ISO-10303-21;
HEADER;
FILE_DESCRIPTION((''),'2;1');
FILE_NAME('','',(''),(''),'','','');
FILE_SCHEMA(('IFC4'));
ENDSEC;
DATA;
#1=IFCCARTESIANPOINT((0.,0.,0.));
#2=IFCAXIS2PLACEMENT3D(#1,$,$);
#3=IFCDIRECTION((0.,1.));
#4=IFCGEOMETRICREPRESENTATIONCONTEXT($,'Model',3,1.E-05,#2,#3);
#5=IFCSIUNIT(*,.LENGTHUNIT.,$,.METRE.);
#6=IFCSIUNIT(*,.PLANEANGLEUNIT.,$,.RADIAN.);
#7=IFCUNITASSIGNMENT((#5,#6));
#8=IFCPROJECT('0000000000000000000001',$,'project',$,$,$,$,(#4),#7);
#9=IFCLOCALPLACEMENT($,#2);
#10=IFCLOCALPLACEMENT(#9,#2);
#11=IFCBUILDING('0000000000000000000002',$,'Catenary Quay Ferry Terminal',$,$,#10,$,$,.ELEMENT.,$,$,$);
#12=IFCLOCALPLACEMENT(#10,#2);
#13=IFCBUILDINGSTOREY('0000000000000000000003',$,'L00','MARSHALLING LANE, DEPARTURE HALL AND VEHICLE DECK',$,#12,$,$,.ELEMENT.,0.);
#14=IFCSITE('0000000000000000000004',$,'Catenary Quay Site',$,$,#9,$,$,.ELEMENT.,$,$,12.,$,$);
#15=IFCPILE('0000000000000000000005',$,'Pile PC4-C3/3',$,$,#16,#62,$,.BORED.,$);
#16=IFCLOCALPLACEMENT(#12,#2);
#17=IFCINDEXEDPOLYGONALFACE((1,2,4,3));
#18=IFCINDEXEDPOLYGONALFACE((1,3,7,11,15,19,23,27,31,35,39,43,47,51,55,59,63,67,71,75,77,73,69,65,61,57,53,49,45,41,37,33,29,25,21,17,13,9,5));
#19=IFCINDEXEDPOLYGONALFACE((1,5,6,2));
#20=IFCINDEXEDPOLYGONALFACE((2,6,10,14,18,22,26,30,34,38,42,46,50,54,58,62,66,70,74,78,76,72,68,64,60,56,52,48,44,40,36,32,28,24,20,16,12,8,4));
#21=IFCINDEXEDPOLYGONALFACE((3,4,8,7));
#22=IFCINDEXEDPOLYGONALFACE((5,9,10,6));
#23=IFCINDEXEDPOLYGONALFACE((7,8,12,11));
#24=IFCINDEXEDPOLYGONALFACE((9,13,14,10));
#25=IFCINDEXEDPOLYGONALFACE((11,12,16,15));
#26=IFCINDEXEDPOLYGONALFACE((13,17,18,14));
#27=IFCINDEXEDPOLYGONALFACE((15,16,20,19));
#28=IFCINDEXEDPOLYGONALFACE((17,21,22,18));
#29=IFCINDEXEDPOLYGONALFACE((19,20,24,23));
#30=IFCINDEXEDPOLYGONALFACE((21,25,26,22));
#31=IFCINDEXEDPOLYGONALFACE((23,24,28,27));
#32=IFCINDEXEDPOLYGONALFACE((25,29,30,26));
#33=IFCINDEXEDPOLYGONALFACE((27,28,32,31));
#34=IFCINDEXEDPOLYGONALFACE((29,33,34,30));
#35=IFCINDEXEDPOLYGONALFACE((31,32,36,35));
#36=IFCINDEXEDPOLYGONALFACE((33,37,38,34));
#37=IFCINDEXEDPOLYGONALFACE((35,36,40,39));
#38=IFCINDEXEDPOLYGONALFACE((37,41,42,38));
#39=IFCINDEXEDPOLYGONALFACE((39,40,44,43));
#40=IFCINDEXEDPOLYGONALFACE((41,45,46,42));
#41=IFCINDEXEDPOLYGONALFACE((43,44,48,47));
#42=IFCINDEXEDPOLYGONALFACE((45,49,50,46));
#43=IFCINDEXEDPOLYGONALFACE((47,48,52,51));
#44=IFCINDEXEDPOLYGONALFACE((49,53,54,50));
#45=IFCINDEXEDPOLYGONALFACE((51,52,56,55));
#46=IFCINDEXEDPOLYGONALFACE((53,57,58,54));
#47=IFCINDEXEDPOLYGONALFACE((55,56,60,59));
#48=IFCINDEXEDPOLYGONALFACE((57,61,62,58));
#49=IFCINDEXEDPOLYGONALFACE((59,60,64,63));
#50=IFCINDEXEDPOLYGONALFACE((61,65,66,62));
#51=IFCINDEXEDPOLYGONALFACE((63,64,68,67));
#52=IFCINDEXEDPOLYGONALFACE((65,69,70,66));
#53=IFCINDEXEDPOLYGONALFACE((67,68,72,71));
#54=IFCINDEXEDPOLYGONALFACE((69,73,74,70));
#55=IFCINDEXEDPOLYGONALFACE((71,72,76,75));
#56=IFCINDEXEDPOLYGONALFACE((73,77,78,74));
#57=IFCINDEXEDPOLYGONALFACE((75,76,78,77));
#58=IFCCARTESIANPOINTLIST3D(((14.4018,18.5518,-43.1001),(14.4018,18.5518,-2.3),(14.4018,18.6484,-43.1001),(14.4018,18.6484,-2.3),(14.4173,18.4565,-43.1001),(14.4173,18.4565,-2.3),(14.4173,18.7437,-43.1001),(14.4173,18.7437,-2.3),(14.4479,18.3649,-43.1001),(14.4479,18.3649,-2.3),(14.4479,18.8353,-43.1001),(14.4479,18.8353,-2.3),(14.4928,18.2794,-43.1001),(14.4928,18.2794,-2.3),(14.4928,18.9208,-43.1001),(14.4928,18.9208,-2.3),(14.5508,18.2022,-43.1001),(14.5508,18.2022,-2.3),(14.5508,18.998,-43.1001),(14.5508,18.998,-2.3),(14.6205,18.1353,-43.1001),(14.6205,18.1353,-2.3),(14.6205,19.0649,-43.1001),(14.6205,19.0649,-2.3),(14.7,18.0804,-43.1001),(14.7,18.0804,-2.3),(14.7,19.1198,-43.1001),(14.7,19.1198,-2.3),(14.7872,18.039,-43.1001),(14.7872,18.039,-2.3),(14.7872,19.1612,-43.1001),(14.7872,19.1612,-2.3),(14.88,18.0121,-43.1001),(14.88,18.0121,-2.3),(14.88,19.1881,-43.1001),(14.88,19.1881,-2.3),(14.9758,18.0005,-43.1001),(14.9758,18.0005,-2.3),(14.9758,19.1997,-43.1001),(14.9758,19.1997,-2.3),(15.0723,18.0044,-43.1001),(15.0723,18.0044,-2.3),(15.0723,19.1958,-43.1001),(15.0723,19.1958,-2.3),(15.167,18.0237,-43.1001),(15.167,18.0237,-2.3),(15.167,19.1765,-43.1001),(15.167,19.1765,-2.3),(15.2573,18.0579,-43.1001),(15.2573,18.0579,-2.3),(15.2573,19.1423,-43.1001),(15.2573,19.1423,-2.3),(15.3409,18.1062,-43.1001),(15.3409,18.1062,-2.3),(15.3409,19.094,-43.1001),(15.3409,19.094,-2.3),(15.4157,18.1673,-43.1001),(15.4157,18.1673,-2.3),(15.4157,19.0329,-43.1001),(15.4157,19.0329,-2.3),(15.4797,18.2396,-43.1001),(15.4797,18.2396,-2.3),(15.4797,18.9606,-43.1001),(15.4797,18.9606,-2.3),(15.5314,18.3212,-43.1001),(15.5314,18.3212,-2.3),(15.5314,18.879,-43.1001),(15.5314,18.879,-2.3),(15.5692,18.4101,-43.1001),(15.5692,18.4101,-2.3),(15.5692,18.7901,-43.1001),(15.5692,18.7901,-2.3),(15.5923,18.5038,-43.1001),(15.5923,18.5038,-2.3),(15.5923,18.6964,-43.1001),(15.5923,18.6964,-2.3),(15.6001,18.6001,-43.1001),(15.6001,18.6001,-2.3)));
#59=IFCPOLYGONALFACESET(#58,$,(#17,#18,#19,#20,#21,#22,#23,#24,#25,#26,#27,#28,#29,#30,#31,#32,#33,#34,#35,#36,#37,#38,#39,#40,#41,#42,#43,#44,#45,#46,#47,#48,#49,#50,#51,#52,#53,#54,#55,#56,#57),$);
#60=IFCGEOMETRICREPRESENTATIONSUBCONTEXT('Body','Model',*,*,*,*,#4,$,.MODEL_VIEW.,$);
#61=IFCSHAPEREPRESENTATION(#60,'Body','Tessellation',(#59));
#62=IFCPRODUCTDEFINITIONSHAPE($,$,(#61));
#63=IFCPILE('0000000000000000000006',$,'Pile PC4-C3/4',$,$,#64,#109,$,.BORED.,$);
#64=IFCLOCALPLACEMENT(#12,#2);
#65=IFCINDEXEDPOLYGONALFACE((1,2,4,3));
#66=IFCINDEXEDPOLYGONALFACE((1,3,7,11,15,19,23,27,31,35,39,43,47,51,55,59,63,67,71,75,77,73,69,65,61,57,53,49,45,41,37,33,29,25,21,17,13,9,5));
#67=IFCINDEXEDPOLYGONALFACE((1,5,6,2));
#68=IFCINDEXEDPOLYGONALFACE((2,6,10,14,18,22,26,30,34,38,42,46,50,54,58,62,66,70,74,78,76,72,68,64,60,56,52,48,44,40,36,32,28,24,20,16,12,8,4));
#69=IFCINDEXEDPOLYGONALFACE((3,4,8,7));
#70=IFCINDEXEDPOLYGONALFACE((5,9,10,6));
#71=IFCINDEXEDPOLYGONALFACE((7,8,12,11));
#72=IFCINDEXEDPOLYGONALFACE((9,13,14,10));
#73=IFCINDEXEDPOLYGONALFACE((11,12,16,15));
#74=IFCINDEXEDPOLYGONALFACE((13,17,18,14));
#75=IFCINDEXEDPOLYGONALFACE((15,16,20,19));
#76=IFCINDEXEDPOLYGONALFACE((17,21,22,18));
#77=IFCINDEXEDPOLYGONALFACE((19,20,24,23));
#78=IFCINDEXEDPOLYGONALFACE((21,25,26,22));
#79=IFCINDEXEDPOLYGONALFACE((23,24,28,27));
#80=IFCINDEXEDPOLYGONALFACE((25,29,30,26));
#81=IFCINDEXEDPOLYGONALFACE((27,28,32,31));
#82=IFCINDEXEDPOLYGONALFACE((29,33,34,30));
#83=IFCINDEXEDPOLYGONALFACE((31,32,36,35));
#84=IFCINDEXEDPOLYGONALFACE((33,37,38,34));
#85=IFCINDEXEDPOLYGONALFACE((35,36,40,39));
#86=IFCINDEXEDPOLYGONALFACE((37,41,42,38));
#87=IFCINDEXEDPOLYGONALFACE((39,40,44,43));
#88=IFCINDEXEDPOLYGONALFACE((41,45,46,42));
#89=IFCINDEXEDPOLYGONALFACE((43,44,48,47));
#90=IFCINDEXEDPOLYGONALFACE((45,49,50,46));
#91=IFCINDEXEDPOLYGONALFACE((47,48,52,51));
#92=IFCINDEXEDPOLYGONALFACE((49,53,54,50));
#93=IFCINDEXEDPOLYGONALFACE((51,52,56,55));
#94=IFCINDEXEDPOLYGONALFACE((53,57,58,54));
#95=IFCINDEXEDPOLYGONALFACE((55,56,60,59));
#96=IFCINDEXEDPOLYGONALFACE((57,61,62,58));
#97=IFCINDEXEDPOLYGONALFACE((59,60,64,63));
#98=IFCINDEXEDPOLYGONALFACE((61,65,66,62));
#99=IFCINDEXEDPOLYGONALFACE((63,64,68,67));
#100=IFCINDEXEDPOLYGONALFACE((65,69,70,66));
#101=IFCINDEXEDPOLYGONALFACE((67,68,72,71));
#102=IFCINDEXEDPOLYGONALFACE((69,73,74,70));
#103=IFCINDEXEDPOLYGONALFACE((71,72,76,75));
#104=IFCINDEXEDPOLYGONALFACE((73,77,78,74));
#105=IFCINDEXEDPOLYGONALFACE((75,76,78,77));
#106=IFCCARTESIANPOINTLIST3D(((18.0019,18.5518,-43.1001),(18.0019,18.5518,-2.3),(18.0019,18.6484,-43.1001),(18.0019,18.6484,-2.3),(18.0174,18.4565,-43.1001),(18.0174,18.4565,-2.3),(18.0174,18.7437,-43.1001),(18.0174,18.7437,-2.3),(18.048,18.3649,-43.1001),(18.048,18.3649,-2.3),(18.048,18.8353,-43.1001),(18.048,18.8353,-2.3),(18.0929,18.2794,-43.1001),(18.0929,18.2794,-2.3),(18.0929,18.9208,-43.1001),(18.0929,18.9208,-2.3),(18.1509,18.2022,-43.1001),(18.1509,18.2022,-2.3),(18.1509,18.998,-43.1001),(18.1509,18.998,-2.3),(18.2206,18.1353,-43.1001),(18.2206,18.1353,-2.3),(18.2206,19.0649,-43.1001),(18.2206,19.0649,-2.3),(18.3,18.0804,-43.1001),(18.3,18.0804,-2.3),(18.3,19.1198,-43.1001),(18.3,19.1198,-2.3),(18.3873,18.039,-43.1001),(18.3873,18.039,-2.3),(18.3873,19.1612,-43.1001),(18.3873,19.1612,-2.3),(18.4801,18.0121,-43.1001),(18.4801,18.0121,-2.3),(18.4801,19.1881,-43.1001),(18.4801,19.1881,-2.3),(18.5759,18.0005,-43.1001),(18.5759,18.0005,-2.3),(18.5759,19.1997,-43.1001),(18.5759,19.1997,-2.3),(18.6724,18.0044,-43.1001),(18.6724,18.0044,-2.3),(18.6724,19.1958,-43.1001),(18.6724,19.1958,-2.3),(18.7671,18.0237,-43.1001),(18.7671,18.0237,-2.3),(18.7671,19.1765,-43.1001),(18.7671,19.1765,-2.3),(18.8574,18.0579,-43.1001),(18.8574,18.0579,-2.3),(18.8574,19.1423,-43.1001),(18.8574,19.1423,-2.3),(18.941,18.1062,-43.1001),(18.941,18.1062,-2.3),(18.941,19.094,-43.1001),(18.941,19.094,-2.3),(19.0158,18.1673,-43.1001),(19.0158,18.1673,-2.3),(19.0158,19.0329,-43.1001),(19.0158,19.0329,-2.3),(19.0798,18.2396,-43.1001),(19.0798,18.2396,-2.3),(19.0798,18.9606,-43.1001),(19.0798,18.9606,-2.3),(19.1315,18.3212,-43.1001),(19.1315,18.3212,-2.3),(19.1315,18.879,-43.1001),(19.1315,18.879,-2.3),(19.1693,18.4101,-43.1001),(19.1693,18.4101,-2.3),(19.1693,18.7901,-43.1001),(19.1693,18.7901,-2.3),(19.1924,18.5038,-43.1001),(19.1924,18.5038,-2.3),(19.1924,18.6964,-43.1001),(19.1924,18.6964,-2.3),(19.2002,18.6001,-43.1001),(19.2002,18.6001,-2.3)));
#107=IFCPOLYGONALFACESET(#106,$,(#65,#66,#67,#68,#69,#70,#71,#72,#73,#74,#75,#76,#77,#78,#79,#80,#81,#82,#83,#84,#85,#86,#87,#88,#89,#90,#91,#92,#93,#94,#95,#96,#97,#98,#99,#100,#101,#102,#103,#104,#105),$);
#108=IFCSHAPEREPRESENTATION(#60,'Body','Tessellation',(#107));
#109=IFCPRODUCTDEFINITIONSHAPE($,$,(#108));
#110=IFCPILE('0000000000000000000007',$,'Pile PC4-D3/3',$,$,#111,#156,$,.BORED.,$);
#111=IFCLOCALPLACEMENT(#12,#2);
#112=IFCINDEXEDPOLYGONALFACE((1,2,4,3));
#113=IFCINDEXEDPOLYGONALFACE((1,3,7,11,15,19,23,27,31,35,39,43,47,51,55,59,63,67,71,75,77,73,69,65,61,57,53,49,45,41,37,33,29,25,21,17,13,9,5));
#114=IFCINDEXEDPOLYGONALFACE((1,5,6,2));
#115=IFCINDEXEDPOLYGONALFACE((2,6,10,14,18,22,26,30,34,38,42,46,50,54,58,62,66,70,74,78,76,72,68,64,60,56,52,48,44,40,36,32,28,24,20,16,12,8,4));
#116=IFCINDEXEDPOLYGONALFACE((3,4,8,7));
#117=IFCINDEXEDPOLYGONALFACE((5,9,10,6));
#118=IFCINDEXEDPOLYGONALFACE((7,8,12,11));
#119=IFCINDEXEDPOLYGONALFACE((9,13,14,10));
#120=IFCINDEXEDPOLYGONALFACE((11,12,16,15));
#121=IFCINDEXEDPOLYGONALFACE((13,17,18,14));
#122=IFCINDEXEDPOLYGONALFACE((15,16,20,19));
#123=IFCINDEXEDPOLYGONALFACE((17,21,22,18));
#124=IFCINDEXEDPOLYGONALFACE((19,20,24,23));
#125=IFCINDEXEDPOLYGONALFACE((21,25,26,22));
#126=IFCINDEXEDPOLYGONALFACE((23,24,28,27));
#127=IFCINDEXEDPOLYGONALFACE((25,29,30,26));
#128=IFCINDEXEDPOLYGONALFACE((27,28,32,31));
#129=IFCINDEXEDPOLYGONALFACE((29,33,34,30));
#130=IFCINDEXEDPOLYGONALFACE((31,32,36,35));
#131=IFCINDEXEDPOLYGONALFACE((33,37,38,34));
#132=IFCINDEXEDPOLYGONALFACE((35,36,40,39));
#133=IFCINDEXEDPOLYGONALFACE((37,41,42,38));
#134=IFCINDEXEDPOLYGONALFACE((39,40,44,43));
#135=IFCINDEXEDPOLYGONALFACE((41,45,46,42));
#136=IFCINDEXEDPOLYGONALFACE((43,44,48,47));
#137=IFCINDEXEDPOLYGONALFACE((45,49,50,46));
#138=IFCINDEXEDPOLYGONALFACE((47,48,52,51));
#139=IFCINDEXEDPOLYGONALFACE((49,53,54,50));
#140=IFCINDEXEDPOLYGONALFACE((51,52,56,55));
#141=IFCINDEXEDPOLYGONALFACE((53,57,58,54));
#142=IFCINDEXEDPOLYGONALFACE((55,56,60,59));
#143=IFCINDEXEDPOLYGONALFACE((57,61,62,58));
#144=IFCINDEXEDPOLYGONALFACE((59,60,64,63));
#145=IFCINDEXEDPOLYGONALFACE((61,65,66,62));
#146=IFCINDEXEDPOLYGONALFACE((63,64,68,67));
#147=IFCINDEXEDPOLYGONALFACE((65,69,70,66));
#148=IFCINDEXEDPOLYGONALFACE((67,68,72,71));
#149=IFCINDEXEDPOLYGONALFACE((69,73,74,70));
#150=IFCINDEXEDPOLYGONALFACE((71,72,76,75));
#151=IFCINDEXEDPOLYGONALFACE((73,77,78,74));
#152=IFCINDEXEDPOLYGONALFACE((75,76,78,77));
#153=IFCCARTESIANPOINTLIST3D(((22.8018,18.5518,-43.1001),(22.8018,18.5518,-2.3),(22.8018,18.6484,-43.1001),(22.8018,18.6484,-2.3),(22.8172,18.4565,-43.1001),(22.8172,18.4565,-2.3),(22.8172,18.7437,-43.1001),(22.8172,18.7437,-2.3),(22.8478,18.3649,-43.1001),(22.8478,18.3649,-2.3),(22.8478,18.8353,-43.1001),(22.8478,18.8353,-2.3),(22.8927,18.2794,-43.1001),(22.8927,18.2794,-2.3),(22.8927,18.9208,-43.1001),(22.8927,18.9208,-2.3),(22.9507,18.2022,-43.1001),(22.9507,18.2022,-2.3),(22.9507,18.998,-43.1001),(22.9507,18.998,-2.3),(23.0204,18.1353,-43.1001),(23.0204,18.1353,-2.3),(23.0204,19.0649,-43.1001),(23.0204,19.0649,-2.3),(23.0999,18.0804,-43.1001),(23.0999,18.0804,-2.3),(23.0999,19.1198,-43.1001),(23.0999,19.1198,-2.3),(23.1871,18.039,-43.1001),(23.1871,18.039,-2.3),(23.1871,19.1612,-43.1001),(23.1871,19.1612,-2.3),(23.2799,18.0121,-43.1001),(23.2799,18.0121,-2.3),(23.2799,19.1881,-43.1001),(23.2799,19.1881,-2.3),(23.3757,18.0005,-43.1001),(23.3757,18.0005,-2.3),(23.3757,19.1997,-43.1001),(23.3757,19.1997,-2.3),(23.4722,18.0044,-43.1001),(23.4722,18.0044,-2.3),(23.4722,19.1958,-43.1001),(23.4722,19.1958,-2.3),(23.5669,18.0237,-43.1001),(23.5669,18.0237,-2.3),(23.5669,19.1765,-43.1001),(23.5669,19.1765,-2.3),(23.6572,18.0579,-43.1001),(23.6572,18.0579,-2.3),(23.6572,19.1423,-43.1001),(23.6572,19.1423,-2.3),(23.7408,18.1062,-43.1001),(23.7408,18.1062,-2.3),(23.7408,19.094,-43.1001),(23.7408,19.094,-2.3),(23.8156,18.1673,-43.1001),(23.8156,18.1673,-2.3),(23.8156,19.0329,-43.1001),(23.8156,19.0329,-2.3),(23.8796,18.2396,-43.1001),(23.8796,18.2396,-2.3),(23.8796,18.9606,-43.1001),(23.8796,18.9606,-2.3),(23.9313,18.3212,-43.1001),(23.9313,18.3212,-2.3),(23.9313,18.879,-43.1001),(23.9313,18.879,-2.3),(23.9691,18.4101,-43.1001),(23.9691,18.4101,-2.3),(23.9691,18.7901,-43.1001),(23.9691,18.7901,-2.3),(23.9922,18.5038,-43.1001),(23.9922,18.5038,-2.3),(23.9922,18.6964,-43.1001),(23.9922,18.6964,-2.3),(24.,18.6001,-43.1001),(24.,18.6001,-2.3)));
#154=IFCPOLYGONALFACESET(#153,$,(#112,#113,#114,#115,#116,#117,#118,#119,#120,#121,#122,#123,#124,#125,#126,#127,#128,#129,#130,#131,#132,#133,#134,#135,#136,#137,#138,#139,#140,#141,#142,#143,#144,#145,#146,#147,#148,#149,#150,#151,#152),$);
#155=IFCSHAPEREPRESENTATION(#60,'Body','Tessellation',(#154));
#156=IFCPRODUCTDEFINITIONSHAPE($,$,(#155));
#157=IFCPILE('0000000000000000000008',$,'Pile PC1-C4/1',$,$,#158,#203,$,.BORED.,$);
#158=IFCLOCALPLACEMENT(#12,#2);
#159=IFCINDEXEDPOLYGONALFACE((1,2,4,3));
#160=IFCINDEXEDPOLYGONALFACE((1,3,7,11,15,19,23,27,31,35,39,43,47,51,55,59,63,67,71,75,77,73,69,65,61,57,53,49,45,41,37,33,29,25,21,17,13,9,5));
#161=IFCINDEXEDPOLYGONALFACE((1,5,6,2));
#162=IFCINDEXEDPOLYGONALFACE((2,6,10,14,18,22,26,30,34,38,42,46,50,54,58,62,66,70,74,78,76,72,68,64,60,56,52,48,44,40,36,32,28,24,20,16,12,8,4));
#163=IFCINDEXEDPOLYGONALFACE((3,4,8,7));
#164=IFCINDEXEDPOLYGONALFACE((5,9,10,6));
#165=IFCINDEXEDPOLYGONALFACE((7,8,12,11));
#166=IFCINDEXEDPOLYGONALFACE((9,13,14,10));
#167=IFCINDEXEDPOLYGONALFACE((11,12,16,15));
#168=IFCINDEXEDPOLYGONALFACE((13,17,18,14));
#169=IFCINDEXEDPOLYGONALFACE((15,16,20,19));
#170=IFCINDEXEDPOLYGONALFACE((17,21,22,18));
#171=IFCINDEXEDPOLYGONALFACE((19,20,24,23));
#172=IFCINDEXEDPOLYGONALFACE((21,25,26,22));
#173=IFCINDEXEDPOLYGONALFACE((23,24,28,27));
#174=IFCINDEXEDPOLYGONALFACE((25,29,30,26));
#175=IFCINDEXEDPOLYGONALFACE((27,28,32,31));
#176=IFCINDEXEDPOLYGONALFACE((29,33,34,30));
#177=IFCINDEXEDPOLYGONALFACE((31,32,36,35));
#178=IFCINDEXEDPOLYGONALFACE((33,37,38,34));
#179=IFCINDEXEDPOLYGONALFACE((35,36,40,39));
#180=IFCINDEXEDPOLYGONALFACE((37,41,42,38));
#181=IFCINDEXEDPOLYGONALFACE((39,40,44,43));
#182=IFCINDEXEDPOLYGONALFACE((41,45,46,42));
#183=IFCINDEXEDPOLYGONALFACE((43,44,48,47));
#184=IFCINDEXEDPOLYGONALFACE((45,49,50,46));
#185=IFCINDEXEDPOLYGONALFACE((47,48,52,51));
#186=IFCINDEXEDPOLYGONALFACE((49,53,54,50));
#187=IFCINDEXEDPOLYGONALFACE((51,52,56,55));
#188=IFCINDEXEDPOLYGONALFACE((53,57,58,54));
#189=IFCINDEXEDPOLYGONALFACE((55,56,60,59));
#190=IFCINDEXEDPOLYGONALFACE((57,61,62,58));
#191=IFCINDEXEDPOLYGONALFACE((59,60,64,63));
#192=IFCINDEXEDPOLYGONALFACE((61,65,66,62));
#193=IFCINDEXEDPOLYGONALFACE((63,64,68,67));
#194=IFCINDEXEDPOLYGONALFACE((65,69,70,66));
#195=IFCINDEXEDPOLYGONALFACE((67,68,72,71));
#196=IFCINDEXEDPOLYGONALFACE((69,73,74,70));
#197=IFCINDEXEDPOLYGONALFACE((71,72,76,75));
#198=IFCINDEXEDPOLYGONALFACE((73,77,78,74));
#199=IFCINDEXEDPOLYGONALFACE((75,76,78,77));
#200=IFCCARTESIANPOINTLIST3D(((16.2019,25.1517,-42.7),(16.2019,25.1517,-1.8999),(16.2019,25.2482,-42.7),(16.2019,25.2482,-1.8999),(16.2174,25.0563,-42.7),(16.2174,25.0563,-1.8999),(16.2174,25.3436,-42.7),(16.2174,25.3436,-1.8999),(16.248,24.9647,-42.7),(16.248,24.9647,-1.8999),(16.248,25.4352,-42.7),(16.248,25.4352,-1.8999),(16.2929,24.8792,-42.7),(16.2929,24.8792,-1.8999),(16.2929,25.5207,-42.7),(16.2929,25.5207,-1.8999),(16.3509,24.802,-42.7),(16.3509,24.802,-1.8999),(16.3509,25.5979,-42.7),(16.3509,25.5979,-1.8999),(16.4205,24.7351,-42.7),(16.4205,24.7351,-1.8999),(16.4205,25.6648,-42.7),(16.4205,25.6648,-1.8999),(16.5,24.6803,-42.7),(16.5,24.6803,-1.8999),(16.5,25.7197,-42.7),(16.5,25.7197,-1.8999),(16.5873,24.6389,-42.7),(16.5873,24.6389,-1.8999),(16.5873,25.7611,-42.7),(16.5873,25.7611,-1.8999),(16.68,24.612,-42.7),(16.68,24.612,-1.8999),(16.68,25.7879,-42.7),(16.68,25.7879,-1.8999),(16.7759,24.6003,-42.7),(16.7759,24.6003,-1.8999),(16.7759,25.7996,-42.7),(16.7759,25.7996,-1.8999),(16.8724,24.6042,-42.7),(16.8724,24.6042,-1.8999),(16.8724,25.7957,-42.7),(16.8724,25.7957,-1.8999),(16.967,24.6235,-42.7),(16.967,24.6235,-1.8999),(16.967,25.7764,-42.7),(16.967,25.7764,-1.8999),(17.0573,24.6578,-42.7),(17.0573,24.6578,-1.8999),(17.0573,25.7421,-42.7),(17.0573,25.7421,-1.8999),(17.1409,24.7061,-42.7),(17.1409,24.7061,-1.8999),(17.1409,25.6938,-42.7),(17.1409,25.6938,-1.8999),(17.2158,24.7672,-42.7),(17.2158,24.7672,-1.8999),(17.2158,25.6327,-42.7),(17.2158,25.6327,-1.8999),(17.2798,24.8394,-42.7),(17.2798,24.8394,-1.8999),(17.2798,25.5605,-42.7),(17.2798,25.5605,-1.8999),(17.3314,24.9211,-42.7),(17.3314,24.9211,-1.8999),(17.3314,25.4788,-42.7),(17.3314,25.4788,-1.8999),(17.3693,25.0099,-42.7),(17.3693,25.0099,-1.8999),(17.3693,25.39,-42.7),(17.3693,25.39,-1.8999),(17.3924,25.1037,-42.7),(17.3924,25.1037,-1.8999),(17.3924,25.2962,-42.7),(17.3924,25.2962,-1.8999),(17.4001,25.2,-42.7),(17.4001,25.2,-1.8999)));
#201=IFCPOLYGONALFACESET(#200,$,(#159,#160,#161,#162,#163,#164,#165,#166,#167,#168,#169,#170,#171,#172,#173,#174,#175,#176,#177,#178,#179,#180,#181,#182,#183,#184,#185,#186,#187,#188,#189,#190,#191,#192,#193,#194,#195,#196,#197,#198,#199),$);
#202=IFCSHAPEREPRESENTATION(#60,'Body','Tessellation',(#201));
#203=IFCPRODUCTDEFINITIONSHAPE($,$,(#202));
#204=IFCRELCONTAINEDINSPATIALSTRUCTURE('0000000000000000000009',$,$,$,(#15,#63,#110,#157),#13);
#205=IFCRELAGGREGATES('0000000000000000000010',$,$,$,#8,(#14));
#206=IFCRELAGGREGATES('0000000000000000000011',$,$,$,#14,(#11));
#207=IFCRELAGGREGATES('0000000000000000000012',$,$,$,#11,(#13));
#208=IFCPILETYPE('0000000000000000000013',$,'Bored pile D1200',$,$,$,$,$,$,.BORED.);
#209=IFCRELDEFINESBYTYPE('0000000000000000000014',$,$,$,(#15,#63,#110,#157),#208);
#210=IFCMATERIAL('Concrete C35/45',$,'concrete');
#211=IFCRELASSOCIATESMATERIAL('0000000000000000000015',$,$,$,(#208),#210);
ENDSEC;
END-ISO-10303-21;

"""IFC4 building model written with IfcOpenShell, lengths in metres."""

from ifc_helpers import new_model, si_unit, direction, frame, origin, origin_2d, place, context, subcontext, project, spatial, circle, extrude, material, material_profile, profile_set, type_object, element, save


model = new_model("IFC4")

# Units and contexts
model_context = context("Model", 3, precision=1e-05, world=origin(), true_north=direction((0.0, 1.0)))
body_context = subcontext(model_context, "Body", "Model", "MODEL_VIEW")
ifc_project = project(units=[si_unit("LENGTHUNIT", "METRE"), si_unit("PLANEANGLEUNIT", "RADIAN")], contexts=[model_context])

# Site, building, storey
site_placement = place(None, origin())
site = spatial("IfcSite", under=ifc_project, at=site_placement, Name="Catenary Quay Site", CompositionType="ELEMENT", RefElevation=12.0)
building_placement = place(site_placement, origin())
building = spatial("IfcBuilding", under=site, at=building_placement, Name="Catenary Quay Ferry Terminal", CompositionType="ELEMENT")
storey_placement = place(building_placement, origin())
storey = spatial("IfcBuildingStorey", under=building, at=storey_placement, Name="L00", Description="MARSHALLING LANE, DEPARTURE HALL AND VEHICLE DECK", CompositionType="ELEMENT", Elevation=0.0)

# Piles
ifc_material_1 = material(Name="Concrete C35/45", Category="concrete")
ifc_material_profile_1 = material_profile(ifc_material_1, circle(Radius=0.6001, at=origin_2d()), Name="D1200")
ifc_profile_set_1 = profile_set([ifc_material_profile_1], Name="Concrete C35/45")
pile_type = type_object("IfcPileType", Name="Bored pile D1200", PredefinedType="BORED", material=ifc_profile_set_1)
for number, where, z_axis, x_axis, name in (
    (1, (15.0, 18.6001, -2.3), (0.0, 0.0, -1.0), (1.0, 0.0, 0.0), "Pile PC4-C3/3"),
    (2, (18.6001, 18.6001, -2.3), (0.0, 0.0, -1.0), (1.0, 0.0, 0.0), "Pile PC4-C3/4"),
    (3, (23.3999, 18.6001, -2.3), (0.0, 0.0, -1.0), (1.0, 0.0, 0.0), "Pile PC4-D3/3"),
    (4, (16.8, 25.2, -1.8999), (0.0, 0.0, -1.0), (1.0, 0.0, 0.0), "Pile PC1-C4/1"),
):
    element("IfcPile", number, at=place(storey_placement, frame(where, z_axis=z_axis, x_axis=x_axis)), inside=storey, type_object=pile_type, Name=name, PredefinedType="BORED", context=body_context, shape_type="SweptSolid", body=[
        extrude(circle(Radius=0.6001, at=origin_2d()), origin(), (0.0, 0.0, 1.0), 40.8),
    ])

save(model, "model.ifc")
